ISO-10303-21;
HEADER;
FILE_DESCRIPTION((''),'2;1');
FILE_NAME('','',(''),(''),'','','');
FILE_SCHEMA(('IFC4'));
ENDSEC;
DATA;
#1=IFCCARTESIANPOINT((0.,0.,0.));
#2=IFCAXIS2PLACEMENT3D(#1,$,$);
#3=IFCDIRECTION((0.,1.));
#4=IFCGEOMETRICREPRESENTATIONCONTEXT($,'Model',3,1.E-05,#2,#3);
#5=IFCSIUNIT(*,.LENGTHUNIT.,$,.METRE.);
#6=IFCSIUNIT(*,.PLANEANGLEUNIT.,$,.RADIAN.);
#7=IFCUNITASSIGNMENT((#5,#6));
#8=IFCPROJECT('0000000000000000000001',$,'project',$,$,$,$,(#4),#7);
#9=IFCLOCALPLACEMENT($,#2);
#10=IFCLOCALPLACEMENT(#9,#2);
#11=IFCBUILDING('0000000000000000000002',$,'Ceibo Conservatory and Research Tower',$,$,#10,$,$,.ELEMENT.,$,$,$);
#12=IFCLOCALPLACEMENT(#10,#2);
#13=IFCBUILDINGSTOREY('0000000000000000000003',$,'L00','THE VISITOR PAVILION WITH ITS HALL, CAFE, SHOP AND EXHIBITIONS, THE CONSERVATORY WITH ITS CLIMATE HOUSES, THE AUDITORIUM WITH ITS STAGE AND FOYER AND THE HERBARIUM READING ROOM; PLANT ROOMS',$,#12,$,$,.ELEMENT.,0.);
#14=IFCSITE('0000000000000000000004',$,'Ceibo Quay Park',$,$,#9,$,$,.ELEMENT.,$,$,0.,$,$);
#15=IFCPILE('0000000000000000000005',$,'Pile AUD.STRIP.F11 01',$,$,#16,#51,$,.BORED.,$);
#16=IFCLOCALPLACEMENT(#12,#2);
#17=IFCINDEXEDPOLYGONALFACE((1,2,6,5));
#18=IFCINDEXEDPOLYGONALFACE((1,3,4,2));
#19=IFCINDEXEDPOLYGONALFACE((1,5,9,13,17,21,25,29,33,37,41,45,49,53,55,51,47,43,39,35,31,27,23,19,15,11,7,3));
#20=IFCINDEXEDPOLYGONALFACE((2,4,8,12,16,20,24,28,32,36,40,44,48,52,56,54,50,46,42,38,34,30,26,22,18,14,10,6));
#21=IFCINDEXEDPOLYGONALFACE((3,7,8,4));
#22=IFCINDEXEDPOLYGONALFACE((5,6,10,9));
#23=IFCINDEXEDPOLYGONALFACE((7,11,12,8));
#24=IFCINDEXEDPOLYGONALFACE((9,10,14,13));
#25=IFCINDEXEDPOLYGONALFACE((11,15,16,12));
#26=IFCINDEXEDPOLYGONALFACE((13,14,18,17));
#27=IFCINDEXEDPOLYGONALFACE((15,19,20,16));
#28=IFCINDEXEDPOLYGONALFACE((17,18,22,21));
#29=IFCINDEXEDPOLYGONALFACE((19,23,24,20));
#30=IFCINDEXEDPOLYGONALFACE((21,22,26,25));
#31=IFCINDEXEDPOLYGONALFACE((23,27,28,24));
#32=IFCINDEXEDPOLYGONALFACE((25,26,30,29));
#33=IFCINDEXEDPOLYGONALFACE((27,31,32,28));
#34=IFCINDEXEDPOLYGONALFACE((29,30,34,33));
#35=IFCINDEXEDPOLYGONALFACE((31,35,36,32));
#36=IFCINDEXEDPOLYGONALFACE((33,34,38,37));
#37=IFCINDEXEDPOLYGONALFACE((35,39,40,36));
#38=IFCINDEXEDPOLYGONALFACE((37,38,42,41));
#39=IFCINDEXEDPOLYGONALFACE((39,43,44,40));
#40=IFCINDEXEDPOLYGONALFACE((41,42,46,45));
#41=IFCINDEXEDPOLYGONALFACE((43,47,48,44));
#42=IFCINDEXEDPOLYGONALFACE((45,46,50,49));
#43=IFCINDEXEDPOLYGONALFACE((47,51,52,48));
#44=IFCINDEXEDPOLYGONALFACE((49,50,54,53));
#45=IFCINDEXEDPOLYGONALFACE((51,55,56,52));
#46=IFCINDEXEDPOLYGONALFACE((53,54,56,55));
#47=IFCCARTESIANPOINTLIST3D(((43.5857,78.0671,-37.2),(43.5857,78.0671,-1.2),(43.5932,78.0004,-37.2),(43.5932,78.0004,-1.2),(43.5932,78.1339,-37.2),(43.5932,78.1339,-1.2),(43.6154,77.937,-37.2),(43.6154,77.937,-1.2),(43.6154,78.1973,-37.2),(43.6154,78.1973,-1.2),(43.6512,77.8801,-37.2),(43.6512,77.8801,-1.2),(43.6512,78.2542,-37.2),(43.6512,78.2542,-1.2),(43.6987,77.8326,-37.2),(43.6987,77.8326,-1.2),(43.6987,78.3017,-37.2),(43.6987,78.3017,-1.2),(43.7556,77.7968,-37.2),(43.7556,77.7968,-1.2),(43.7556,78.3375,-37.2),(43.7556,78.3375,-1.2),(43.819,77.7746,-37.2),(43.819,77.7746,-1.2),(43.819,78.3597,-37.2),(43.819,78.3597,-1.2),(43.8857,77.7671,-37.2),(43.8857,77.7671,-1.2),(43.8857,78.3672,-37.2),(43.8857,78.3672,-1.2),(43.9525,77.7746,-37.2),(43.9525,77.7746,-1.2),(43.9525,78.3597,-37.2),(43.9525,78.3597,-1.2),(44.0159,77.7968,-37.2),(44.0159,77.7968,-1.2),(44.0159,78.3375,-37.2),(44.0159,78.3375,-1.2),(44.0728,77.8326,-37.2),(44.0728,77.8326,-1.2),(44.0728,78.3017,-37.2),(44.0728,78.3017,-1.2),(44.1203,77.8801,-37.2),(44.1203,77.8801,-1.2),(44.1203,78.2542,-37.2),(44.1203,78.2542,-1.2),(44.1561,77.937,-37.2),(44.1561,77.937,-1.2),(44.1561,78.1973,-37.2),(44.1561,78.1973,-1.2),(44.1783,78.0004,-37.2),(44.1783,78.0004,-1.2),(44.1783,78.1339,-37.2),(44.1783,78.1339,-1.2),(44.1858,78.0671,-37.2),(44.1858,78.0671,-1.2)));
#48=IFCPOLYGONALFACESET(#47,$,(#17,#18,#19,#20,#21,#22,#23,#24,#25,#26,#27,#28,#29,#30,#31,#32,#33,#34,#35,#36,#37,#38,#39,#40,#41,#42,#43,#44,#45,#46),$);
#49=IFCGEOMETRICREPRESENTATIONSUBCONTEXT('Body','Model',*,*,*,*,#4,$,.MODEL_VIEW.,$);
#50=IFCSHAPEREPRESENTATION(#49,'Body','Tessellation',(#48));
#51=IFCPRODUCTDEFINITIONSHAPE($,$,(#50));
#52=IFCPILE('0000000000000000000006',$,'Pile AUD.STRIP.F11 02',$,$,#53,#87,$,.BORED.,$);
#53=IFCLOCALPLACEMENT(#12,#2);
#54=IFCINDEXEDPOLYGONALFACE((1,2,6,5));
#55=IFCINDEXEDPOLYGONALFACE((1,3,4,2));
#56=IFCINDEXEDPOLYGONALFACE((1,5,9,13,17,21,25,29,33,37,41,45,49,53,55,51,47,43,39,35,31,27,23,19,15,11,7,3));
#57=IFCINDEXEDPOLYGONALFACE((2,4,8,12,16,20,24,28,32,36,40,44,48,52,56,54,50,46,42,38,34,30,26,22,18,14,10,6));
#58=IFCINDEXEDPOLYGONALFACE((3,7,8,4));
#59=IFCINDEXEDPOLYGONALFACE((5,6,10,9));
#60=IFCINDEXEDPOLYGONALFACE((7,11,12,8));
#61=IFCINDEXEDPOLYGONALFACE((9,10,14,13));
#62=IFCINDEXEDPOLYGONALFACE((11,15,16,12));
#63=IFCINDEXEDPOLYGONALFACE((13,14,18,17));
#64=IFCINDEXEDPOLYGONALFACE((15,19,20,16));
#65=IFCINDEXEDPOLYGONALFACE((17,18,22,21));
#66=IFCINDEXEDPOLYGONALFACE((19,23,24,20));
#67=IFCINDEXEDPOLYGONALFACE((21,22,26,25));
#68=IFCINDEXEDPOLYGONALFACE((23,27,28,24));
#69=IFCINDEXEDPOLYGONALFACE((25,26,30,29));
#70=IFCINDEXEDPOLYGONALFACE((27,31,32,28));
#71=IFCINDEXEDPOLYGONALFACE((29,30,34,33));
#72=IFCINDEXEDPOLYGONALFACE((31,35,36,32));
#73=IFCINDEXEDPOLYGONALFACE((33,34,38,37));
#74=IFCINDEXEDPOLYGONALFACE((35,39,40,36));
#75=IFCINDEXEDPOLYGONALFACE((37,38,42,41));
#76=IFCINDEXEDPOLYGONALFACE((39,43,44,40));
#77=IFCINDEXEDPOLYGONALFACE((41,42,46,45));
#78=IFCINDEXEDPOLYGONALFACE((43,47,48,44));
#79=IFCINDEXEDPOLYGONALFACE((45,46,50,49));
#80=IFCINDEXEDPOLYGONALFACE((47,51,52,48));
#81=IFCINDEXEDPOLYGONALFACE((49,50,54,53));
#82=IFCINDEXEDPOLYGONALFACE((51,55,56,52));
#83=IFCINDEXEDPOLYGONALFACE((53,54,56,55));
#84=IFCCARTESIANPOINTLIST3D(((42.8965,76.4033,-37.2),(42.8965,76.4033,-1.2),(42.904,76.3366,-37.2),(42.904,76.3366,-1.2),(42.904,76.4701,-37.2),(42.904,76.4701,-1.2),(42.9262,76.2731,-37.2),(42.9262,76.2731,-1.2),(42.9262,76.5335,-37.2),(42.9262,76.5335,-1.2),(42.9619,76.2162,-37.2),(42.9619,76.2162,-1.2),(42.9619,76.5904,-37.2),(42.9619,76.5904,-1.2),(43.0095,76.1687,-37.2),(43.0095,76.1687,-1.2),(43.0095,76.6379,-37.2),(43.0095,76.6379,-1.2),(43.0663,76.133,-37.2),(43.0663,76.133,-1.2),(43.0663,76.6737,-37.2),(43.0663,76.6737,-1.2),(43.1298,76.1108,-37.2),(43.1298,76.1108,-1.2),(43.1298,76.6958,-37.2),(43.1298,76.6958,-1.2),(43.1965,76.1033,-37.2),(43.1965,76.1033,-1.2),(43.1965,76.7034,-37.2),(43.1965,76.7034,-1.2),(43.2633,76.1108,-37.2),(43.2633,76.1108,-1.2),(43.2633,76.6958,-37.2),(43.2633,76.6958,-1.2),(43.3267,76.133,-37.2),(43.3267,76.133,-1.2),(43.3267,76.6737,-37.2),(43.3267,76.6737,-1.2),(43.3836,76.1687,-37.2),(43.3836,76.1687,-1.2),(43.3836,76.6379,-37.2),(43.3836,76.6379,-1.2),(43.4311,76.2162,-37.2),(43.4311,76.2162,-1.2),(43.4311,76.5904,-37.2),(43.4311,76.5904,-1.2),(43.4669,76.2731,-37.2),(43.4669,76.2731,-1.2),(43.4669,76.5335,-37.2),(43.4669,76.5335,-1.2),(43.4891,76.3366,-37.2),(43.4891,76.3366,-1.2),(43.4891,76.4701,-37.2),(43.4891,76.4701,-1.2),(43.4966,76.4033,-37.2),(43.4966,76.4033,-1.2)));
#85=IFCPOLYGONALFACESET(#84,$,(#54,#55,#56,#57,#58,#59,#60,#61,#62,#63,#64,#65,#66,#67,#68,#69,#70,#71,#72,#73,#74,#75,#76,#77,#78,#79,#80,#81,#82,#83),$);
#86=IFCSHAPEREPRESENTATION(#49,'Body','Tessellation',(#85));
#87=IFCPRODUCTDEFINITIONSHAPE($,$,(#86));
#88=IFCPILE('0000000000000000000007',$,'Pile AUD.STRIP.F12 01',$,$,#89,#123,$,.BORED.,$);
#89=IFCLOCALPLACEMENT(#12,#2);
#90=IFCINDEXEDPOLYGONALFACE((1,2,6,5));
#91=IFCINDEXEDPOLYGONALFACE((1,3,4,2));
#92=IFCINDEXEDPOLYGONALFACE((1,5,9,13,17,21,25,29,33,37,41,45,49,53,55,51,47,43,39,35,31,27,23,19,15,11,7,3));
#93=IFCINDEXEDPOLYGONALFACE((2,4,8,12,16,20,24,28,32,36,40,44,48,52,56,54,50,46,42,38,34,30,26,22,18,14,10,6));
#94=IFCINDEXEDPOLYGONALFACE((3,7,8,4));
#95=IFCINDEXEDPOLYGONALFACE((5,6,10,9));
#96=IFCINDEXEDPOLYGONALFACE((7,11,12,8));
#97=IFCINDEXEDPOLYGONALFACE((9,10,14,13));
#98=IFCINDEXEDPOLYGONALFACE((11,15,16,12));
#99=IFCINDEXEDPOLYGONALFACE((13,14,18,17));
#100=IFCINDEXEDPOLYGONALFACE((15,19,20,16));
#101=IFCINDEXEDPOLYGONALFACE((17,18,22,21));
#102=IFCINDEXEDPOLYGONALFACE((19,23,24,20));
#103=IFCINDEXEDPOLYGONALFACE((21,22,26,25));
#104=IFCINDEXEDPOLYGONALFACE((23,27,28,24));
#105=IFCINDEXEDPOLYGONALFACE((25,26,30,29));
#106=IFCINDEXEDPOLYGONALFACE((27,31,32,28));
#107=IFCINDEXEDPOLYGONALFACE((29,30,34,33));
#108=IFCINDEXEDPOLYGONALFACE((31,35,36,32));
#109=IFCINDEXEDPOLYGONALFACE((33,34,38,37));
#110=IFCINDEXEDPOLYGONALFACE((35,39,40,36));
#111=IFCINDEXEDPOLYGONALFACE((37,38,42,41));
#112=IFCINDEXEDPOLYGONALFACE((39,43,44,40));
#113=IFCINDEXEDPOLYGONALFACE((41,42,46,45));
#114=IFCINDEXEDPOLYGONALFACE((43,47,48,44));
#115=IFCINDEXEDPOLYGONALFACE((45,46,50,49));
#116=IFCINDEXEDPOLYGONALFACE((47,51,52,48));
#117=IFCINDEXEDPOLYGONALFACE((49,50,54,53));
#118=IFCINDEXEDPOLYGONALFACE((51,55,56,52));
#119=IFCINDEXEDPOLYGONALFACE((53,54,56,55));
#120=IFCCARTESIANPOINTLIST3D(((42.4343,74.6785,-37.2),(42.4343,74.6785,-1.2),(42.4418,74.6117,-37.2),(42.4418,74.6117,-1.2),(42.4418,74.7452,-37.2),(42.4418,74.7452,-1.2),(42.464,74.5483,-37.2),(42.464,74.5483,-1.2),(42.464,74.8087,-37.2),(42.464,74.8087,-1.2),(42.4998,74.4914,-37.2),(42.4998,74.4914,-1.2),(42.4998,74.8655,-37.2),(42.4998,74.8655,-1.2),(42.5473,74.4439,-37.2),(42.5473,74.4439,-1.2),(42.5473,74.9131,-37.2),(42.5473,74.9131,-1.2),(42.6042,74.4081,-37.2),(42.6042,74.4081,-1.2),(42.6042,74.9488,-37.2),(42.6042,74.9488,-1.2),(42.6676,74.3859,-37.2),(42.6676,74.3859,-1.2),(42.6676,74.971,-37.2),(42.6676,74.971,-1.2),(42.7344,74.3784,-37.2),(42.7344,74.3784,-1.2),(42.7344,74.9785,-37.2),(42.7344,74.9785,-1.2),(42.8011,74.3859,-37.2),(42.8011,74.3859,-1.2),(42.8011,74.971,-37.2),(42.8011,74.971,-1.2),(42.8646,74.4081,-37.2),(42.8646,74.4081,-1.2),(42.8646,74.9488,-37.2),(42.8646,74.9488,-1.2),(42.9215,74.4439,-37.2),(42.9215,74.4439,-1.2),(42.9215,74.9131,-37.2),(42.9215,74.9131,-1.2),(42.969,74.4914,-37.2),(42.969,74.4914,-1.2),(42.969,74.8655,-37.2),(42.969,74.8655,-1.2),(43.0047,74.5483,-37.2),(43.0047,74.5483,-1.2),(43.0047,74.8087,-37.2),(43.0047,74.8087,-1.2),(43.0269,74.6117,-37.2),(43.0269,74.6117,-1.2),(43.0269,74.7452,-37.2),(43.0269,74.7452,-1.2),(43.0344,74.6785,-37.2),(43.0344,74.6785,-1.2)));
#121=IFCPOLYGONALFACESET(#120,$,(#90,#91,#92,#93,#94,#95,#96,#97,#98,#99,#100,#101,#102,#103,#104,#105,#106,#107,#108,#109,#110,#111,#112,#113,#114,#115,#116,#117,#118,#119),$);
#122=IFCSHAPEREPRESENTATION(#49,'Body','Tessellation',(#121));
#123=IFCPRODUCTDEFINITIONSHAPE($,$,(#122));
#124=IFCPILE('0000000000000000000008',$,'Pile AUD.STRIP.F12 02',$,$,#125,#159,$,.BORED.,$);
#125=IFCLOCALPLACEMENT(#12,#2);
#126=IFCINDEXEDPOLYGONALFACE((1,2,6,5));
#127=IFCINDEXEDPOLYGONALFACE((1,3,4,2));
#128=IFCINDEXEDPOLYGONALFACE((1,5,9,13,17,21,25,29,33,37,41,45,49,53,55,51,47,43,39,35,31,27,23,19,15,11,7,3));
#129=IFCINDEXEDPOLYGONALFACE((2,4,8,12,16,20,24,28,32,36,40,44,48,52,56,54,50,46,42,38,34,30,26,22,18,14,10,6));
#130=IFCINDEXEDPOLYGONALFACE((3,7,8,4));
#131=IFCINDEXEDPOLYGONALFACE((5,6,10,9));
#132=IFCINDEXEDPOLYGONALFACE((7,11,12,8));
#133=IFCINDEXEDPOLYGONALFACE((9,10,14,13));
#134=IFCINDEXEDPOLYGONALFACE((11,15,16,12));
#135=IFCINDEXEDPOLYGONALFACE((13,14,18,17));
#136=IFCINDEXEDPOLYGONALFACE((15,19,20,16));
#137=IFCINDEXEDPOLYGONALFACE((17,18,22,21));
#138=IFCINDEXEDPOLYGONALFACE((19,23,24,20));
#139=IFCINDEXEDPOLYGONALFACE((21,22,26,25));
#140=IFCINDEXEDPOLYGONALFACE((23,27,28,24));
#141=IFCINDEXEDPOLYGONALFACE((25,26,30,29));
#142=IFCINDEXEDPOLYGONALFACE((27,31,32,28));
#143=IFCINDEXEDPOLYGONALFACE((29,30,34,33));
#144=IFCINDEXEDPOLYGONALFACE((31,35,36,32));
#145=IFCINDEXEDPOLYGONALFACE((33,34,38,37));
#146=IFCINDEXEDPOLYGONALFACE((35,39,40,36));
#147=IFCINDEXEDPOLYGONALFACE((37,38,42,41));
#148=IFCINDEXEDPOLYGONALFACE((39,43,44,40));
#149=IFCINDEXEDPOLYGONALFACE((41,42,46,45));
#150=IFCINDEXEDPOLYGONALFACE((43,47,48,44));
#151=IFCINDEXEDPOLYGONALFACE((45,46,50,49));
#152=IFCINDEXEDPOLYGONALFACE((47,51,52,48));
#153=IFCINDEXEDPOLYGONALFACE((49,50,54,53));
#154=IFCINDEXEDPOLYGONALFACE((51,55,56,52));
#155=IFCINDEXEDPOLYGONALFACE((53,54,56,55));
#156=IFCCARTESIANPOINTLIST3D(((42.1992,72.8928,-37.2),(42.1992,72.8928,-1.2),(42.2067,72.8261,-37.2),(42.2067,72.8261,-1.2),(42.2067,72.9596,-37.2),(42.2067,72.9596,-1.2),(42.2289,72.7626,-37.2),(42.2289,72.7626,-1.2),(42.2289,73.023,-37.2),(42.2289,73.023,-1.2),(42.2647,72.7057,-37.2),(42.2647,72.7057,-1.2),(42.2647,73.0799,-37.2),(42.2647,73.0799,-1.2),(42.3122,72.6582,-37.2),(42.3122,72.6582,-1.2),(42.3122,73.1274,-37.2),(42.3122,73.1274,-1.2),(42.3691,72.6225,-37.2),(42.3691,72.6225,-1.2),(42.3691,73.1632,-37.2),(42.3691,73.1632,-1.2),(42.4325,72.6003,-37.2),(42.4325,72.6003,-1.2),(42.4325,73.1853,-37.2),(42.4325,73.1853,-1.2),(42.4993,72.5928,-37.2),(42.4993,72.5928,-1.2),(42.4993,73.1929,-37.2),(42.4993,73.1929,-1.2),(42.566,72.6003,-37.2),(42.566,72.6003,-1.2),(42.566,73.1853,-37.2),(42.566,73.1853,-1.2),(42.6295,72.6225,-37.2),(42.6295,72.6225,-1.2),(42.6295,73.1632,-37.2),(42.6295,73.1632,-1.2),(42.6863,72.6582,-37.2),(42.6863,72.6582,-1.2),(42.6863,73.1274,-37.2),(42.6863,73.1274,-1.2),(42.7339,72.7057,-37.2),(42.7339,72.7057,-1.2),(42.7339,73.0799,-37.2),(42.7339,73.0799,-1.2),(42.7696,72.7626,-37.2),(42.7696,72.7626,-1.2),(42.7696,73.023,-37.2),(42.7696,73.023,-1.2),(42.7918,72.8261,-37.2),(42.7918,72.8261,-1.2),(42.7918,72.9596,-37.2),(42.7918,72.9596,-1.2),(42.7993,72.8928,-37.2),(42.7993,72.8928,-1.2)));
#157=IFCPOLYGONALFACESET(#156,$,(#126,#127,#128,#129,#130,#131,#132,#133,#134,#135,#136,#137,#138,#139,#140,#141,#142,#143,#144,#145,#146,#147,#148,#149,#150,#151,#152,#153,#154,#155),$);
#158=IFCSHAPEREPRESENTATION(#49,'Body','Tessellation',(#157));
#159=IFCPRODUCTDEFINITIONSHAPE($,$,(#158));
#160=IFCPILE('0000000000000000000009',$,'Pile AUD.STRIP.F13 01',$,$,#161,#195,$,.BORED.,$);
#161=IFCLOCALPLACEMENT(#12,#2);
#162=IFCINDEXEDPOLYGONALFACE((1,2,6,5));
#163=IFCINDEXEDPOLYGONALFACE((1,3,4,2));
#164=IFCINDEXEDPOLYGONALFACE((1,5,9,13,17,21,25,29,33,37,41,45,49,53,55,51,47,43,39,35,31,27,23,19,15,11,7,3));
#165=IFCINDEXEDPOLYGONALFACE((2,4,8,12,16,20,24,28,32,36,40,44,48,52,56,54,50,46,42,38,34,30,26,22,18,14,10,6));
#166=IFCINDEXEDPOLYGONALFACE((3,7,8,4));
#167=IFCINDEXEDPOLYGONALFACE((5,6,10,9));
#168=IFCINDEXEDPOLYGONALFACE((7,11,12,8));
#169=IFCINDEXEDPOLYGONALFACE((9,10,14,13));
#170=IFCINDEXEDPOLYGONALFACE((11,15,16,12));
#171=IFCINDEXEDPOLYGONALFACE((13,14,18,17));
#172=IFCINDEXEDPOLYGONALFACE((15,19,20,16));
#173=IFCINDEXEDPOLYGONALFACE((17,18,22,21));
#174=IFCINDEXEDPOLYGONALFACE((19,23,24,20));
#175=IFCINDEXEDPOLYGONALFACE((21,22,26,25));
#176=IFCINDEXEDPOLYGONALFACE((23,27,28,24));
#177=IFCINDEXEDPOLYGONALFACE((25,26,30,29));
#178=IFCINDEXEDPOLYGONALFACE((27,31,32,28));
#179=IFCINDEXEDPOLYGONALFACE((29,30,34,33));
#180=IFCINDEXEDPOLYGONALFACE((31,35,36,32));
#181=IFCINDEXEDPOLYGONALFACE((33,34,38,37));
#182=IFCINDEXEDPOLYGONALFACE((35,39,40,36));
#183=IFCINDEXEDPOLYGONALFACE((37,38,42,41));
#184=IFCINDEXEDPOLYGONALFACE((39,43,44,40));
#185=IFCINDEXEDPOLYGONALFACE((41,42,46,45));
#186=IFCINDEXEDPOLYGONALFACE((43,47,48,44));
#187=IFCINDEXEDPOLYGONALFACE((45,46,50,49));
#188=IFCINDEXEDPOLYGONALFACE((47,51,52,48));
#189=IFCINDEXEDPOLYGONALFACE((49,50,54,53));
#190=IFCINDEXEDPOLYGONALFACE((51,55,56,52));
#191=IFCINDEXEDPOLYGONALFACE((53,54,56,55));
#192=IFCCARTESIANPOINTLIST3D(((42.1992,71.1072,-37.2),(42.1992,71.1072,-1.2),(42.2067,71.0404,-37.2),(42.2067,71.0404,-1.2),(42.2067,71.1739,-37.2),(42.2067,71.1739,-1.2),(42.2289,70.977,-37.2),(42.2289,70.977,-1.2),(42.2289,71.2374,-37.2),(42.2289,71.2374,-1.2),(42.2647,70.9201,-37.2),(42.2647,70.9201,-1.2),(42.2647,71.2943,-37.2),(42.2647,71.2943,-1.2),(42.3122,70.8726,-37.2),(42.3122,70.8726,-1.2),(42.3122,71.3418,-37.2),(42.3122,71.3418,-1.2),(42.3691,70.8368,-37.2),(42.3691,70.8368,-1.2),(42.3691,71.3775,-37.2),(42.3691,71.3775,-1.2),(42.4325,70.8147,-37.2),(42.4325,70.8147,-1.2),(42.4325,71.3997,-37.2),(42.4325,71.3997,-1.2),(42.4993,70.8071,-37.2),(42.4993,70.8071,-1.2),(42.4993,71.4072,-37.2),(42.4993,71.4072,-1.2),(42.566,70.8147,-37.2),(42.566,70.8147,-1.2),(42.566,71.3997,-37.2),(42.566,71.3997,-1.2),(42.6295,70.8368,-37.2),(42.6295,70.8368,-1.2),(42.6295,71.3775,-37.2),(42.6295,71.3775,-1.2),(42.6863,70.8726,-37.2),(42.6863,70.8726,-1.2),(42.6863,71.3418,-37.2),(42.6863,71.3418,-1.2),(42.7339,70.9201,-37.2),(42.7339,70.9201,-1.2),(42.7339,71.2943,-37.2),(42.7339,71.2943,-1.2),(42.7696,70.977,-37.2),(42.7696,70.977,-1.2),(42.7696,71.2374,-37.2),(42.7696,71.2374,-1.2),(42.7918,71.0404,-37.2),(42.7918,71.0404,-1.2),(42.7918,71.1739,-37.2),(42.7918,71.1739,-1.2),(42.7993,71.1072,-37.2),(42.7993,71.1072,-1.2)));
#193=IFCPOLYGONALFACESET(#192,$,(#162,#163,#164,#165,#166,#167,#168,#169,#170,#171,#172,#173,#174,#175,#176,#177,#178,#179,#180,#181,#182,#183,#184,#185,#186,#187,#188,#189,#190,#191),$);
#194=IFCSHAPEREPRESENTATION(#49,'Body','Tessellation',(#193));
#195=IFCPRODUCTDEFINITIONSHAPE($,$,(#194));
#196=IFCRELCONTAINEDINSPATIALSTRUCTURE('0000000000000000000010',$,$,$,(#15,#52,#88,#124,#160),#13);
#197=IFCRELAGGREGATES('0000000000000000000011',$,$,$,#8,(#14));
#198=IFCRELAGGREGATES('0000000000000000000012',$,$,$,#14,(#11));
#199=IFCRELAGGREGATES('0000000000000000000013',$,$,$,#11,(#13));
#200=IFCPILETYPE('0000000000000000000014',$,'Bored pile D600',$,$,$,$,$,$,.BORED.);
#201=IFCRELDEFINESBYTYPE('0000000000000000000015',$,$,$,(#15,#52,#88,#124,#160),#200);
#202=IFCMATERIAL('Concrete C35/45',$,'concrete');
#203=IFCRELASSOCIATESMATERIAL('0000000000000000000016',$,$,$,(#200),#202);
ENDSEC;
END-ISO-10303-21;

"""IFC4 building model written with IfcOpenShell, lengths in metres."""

from ifc_helpers import new_model, si_unit, direction, frame, origin, origin_2d, place, context, subcontext, project, spatial, circle, extrude, material, material_profile, profile_set, type_object, element, save


model = new_model("IFC4")

# Units and contexts
model_context = context("Model", 3, precision=1e-05, world=origin(), true_north=direction((0.0, 1.0)))
body_context = subcontext(model_context, "Body", "Model", "MODEL_VIEW")
ifc_project = project(units=[si_unit("LENGTHUNIT", "METRE"), si_unit("PLANEANGLEUNIT", "RADIAN")], contexts=[model_context])

# Site, building, storey
site_placement = place(None, origin())
site = spatial("IfcSite", under=ifc_project, at=site_placement, Name="Ceibo Quay Park", CompositionType="ELEMENT", RefElevation=0.0)
building_placement = place(site_placement, origin())
building = spatial("IfcBuilding", under=site, at=building_placement, Name="Ceibo Conservatory and Research Tower", CompositionType="ELEMENT")
storey_placement = place(building_placement, origin())
storey = spatial("IfcBuildingStorey", under=building, at=storey_placement, Name="L00", Description="THE VISITOR PAVILION WITH ITS HALL, CAFE, SHOP AND EXHIBITIONS, THE CONSERVATORY WITH ITS CLIMATE HOUSES, THE AUDITORIUM WITH ITS STAGE AND FOYER AND THE HERBARIUM READING ROOM; PLANT ROOMS", CompositionType="ELEMENT", Elevation=0.0)

# Piles
ifc_material_1 = material(Name="Concrete C35/45", Category="concrete")
ifc_material_profile_1 = material_profile(ifc_material_1, circle(Radius=0.3, at=origin_2d()), Name="RC D600")
ifc_profile_set_1 = profile_set([ifc_material_profile_1], Name="Concrete C35/45")
pile_type = type_object("IfcPileType", Name="Bored pile D600", PredefinedType="BORED", material=ifc_profile_set_1)
for number, where, z_axis, x_axis, name in (
    (1, (43.8857, 78.0671, -1.2), (0.0, 0.0, -1.0), (1.0, 0.0, 0.0), "Pile AUD.STRIP.F11 01"),
    (2, (43.1965, 76.4033, -1.2), (0.0, 0.0, -1.0), (1.0, 0.0, 0.0), "Pile AUD.STRIP.F11 02"),
    (3, (42.7344, 74.6785, -1.2), (0.0, 0.0, -1.0), (1.0, 0.0, 0.0), "Pile AUD.STRIP.F12 01"),
    (4, (42.4993, 72.8928, -1.2), (0.0, 0.0, -1.0), (1.0, 0.0, 0.0), "Pile AUD.STRIP.F12 02"),
    (5, (42.4993, 71.1072, -1.2), (0.0, 0.0, -1.0), (1.0, 0.0, 0.0), "Pile AUD.STRIP.F13 01"),
):
    element("IfcPile", number, at=place(storey_placement, frame(where, z_axis=z_axis, x_axis=x_axis)), inside=storey, type_object=pile_type, Name=name, PredefinedType="BORED", context=body_context, shape_type="SweptSolid", body=[
        extrude(circle(Radius=0.3, at=origin_2d()), origin(), (0.0, 0.0, 1.0), 36.0),
    ])

save(model, "model.ifc")
